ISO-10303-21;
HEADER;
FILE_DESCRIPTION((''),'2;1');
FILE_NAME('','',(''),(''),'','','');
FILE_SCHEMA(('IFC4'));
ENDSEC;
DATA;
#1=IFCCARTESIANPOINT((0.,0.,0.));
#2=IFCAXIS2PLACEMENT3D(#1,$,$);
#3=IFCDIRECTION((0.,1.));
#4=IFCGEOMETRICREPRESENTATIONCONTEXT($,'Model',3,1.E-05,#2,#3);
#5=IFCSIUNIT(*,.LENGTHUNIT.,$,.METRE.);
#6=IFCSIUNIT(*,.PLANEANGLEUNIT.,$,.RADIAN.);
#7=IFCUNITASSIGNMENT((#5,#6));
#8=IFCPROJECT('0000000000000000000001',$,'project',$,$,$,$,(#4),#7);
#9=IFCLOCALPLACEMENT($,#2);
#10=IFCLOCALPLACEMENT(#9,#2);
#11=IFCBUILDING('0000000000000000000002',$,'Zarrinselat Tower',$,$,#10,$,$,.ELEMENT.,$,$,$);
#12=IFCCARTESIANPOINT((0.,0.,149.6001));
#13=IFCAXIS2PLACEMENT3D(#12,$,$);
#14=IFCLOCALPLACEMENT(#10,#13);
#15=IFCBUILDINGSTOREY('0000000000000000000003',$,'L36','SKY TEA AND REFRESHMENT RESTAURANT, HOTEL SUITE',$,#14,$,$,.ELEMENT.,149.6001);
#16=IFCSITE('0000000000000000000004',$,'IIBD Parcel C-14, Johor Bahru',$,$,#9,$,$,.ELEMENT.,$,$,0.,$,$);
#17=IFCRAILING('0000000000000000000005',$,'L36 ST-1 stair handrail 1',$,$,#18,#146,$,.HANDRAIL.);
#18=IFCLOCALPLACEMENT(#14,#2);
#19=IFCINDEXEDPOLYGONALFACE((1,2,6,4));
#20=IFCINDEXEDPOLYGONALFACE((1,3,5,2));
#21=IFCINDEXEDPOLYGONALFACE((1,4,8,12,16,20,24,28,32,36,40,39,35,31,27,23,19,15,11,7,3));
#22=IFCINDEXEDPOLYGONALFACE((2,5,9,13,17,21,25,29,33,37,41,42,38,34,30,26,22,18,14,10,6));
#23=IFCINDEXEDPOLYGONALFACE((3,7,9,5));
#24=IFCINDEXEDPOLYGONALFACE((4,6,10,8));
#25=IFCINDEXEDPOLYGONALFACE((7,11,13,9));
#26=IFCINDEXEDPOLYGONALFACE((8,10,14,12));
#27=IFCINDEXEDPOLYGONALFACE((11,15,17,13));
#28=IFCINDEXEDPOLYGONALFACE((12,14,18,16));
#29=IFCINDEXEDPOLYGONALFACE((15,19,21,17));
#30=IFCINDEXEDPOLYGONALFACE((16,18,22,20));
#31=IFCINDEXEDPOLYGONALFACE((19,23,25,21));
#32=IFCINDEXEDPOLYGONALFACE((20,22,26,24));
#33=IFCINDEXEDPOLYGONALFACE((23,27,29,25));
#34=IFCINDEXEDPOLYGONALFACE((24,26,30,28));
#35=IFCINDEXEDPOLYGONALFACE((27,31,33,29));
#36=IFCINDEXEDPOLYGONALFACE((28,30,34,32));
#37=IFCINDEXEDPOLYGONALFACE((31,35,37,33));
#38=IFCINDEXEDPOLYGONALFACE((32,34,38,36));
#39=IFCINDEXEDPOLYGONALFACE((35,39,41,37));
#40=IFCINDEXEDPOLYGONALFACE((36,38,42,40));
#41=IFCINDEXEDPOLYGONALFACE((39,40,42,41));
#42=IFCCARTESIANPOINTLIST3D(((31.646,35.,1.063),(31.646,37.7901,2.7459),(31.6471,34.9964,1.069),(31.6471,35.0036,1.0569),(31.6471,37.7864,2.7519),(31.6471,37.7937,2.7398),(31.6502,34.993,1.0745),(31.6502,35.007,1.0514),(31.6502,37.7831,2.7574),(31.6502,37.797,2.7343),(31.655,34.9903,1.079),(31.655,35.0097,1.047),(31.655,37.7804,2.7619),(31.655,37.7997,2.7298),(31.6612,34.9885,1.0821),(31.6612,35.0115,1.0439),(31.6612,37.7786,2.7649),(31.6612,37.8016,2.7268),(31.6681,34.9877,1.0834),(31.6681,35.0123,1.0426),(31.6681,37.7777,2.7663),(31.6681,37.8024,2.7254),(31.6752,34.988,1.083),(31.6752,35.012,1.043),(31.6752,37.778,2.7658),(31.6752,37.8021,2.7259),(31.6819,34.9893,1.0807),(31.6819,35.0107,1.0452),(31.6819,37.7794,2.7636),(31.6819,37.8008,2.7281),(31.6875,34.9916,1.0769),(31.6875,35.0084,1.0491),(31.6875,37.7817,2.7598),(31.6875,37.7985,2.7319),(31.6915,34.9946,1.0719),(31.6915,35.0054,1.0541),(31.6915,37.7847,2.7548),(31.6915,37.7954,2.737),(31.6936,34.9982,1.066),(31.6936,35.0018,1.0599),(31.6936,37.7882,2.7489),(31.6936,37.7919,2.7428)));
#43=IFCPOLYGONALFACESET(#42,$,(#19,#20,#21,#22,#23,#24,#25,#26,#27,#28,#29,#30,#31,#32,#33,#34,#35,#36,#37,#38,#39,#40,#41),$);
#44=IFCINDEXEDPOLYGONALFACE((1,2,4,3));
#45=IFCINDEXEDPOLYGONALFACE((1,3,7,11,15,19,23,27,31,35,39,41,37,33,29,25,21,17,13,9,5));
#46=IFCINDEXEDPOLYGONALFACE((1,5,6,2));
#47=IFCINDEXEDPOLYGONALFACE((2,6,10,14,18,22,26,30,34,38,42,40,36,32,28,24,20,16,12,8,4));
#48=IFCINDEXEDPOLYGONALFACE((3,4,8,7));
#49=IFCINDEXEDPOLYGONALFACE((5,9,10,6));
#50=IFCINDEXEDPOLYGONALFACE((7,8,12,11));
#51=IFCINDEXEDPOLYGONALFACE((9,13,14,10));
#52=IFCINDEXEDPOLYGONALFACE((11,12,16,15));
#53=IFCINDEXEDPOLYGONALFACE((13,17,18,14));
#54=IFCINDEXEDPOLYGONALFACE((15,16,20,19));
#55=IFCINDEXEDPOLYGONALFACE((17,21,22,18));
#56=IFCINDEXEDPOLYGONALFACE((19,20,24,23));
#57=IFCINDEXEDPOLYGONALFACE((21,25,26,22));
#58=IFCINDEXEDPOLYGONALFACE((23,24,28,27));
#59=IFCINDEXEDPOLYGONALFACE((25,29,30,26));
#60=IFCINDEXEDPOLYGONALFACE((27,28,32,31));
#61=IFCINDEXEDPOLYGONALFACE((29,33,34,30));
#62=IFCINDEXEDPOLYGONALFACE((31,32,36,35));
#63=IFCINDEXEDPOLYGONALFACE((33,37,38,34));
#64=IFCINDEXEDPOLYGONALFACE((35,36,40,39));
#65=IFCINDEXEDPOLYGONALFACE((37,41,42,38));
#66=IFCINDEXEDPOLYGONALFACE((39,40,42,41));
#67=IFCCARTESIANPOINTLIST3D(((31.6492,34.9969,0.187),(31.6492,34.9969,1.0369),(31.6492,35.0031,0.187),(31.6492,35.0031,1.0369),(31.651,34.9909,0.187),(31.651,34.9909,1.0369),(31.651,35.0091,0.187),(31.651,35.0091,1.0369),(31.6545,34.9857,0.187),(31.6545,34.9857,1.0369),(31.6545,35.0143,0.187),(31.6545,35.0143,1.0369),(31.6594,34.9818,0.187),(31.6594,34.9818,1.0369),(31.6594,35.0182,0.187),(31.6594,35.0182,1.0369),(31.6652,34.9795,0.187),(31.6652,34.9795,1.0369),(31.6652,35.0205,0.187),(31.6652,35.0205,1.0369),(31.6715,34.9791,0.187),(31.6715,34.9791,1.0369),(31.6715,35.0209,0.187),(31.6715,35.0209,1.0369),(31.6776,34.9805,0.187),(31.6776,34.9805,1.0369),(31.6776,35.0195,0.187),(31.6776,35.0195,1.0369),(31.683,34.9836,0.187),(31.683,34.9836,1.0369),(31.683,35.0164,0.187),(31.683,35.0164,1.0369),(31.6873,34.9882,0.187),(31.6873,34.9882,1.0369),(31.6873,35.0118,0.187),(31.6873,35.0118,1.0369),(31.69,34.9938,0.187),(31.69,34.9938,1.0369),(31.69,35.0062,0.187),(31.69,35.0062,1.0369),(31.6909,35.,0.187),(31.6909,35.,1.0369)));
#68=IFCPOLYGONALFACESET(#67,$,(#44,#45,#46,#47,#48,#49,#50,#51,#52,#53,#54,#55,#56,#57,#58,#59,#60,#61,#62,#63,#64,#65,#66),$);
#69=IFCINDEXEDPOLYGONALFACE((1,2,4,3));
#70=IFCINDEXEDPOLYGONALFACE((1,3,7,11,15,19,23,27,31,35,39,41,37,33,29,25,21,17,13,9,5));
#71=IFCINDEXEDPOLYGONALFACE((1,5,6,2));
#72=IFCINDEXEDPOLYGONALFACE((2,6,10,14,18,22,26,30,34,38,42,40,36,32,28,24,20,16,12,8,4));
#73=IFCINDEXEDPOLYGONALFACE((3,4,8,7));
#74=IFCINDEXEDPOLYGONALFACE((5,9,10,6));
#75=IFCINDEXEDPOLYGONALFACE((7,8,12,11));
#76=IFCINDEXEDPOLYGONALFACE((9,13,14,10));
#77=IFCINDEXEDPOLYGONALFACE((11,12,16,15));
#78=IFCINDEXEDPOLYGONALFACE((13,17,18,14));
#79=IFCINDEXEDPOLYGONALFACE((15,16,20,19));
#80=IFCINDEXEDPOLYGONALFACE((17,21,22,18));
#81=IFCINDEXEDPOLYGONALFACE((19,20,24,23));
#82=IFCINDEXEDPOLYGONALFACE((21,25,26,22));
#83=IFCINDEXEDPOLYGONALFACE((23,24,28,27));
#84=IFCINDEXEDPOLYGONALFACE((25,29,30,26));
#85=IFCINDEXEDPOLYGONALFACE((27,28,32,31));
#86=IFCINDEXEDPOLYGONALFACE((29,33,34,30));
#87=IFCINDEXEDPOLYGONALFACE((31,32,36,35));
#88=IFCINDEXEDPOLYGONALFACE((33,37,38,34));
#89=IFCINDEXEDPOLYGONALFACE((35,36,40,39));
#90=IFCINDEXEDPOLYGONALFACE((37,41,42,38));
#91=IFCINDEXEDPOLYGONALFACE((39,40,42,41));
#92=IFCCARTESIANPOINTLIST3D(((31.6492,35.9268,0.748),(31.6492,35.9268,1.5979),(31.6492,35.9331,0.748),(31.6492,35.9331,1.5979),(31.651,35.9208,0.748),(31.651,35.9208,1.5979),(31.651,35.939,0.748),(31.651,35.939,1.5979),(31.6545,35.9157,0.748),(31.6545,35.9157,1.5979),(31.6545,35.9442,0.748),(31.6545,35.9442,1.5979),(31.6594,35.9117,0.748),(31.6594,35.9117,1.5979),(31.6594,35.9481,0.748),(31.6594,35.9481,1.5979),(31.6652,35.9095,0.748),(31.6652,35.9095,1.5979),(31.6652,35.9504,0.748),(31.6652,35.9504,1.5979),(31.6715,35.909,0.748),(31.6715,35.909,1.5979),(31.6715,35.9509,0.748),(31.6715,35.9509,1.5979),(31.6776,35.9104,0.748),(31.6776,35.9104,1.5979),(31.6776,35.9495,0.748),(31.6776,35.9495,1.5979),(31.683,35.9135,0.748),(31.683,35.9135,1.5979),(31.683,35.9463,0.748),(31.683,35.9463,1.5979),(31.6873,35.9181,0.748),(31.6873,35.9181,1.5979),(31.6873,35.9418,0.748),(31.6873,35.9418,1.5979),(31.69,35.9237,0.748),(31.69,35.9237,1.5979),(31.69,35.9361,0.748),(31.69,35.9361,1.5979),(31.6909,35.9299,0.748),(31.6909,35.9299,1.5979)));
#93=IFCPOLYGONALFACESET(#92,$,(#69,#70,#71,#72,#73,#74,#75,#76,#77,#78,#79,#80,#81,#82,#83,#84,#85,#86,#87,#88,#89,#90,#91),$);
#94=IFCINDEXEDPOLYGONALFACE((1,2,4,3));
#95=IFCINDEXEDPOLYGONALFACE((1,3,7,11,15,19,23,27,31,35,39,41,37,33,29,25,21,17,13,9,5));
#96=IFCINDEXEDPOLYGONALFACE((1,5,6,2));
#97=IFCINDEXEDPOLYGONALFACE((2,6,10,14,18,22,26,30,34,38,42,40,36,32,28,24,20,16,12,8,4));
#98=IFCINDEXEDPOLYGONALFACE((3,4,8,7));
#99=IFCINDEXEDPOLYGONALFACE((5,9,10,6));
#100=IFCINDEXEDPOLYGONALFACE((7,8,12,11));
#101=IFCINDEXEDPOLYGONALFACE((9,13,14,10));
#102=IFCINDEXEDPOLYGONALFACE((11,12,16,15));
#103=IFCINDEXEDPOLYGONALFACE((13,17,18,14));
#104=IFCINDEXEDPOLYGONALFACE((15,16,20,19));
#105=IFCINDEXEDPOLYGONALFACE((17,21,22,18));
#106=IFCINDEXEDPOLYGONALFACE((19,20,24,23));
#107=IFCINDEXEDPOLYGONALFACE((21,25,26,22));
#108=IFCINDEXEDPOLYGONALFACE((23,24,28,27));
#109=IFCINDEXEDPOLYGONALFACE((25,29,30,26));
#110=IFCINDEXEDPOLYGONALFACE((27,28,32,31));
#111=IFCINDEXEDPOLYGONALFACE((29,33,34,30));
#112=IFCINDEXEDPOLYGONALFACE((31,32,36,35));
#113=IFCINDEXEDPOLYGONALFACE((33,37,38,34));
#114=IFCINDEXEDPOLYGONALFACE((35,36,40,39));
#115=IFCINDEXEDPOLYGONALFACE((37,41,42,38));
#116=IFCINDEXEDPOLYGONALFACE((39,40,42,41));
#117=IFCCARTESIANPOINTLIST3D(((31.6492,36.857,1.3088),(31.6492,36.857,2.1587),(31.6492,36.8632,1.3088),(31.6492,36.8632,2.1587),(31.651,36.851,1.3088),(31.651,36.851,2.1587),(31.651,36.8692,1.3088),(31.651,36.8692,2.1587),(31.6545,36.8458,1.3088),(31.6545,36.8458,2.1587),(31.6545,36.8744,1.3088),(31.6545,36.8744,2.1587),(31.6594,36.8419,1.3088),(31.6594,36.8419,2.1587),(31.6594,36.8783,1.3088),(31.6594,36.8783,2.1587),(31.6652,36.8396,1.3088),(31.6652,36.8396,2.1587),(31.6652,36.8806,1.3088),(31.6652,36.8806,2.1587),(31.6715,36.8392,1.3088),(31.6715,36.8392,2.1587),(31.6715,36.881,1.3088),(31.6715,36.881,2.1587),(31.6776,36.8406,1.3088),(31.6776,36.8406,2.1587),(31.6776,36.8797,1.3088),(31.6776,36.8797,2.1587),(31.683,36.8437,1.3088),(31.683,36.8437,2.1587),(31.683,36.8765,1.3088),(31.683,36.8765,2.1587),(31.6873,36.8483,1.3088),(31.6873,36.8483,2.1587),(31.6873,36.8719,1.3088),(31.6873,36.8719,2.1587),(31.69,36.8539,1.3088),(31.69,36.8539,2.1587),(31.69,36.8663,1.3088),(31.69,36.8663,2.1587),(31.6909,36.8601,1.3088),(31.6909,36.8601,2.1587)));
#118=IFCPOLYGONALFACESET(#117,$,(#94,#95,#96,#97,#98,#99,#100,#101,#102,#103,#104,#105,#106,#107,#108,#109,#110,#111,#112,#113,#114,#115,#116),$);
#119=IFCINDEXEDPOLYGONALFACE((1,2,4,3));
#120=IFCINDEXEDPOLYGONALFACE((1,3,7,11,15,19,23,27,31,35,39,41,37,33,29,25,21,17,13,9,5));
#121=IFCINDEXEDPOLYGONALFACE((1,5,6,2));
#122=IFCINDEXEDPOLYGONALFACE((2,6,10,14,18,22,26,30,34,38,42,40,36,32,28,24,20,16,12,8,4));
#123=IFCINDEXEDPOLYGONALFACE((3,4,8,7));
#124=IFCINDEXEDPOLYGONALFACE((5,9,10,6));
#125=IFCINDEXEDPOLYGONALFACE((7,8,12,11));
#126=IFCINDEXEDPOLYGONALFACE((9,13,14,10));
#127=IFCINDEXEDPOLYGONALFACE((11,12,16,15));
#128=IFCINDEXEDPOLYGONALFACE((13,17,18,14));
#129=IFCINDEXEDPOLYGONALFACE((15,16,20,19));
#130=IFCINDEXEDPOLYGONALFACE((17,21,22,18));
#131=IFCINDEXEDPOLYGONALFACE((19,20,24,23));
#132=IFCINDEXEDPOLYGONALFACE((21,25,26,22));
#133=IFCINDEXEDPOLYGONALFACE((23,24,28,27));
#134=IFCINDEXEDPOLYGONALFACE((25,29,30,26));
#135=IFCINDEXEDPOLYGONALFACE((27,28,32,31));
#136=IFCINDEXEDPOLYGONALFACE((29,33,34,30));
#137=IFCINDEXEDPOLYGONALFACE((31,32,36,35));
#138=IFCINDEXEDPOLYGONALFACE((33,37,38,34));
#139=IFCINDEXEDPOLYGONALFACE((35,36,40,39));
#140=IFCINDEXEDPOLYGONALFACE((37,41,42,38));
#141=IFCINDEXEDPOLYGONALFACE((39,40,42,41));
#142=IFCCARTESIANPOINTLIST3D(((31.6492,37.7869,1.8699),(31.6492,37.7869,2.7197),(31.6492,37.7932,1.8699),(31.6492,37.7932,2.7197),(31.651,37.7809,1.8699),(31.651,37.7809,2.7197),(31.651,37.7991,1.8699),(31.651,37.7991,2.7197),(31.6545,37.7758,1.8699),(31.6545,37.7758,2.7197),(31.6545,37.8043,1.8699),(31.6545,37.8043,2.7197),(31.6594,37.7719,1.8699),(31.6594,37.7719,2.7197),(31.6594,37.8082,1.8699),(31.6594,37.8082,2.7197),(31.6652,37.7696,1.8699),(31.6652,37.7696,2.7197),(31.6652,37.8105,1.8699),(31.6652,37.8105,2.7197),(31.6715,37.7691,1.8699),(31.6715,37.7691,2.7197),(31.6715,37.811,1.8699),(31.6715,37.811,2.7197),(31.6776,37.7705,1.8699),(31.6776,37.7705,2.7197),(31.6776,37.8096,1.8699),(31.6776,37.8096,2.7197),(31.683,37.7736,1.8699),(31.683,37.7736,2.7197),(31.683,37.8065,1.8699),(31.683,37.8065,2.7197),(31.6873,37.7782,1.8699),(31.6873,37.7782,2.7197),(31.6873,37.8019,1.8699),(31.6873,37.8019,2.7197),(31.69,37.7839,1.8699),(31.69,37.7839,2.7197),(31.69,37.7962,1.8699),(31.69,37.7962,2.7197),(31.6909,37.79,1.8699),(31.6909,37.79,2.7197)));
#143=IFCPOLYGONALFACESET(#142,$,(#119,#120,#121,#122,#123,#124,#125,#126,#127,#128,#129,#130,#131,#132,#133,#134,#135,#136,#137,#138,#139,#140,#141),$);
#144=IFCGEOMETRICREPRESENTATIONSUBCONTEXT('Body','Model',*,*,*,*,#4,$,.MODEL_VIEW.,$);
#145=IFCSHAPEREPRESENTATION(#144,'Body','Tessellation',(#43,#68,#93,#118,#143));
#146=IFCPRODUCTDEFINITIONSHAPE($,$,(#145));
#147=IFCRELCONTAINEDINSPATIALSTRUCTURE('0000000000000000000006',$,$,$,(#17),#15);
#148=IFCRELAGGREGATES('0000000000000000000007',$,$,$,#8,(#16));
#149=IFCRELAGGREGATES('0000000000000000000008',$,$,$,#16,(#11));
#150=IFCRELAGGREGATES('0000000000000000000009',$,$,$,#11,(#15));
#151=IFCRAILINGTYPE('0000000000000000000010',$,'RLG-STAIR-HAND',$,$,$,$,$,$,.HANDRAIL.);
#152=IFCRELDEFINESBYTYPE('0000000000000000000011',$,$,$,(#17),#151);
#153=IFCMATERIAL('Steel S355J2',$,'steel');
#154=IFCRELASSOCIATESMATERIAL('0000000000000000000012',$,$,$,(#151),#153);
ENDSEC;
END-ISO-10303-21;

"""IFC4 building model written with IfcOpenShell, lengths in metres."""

from ifc_helpers import new_model, si_unit, direction, frame, origin, origin_2d, place, context, subcontext, project, spatial, circle, extrude, material, type_object, element, save


model = new_model("IFC4")

# Units and contexts
model_context = context("Model", 3, precision=1e-05, world=origin(), true_north=direction((0.0, 1.0)))
body_context = subcontext(model_context, "Body", "Model", "MODEL_VIEW")
ifc_project = project(units=[si_unit("LENGTHUNIT", "METRE"), si_unit("PLANEANGLEUNIT", "RADIAN")], contexts=[model_context])

# Site, building, storey
site_placement = place(None, origin())
site = spatial("IfcSite", under=ifc_project, at=site_placement, Name="IIBD Parcel C-14, Johor Bahru", CompositionType="ELEMENT", RefElevation=0.0)
building_placement = place(site_placement, origin())
building = spatial("IfcBuilding", under=site, at=building_placement, Name="Zarrinselat Tower", CompositionType="ELEMENT")
storey_placement = place(building_placement, frame((0.0, 0.0, 149.6001)))
storey = spatial("IfcBuildingStorey", under=building, at=storey_placement, Name="L36", Description="SKY TEA AND REFRESHMENT RESTAURANT, HOTEL SUITE", CompositionType="ELEMENT", Elevation=149.6001)

# Railing
ifc_material_1 = material(Name="Steel S355J2", Category="steel")
railing_type_1 = type_object("IfcRailingType", Name="RLG-STAIR-HAND", PredefinedType="HANDRAIL", material=ifc_material_1)
railing_1_placement = place(storey_placement, frame((31.6699, 35.0, 0.187)))
element("IfcRailing", 1, at=railing_1_placement, inside=storey, type_object=railing_type_1, Name="L36 ST-1 stair handrail 1", PredefinedType="HANDRAIL", context=body_context, shape_type="SweptSolid", body=[
    extrude(circle(Radius=0.0239, at=origin_2d()), frame((0.0, 0.0, 0.876), z_axis=(0.0, 0.856294, 0.516489), x_axis=(-1.0, 0.0, 0.0)), (0.0, 0.0, 1.0), 3.2583),
    extrude(circle(Radius=0.021, at=origin_2d()), origin(), (0.0, 0.0, 1.0), 0.8499),
    extrude(circle(Radius=0.021, at=origin_2d()), frame((0.0, 0.9299, 0.561)), (0.0, 0.0, 1.0), 0.8499),
    extrude(circle(Radius=0.021, at=origin_2d()), frame((0.0, 1.8601, 1.1218)), (0.0, 0.0, 1.0), 0.8499),
    extrude(circle(Radius=0.021, at=origin_2d()), frame((0.0, 2.79, 1.6829)), (0.0, 0.0, 1.0), 0.8499),
])

save(model, "model.ifc")
